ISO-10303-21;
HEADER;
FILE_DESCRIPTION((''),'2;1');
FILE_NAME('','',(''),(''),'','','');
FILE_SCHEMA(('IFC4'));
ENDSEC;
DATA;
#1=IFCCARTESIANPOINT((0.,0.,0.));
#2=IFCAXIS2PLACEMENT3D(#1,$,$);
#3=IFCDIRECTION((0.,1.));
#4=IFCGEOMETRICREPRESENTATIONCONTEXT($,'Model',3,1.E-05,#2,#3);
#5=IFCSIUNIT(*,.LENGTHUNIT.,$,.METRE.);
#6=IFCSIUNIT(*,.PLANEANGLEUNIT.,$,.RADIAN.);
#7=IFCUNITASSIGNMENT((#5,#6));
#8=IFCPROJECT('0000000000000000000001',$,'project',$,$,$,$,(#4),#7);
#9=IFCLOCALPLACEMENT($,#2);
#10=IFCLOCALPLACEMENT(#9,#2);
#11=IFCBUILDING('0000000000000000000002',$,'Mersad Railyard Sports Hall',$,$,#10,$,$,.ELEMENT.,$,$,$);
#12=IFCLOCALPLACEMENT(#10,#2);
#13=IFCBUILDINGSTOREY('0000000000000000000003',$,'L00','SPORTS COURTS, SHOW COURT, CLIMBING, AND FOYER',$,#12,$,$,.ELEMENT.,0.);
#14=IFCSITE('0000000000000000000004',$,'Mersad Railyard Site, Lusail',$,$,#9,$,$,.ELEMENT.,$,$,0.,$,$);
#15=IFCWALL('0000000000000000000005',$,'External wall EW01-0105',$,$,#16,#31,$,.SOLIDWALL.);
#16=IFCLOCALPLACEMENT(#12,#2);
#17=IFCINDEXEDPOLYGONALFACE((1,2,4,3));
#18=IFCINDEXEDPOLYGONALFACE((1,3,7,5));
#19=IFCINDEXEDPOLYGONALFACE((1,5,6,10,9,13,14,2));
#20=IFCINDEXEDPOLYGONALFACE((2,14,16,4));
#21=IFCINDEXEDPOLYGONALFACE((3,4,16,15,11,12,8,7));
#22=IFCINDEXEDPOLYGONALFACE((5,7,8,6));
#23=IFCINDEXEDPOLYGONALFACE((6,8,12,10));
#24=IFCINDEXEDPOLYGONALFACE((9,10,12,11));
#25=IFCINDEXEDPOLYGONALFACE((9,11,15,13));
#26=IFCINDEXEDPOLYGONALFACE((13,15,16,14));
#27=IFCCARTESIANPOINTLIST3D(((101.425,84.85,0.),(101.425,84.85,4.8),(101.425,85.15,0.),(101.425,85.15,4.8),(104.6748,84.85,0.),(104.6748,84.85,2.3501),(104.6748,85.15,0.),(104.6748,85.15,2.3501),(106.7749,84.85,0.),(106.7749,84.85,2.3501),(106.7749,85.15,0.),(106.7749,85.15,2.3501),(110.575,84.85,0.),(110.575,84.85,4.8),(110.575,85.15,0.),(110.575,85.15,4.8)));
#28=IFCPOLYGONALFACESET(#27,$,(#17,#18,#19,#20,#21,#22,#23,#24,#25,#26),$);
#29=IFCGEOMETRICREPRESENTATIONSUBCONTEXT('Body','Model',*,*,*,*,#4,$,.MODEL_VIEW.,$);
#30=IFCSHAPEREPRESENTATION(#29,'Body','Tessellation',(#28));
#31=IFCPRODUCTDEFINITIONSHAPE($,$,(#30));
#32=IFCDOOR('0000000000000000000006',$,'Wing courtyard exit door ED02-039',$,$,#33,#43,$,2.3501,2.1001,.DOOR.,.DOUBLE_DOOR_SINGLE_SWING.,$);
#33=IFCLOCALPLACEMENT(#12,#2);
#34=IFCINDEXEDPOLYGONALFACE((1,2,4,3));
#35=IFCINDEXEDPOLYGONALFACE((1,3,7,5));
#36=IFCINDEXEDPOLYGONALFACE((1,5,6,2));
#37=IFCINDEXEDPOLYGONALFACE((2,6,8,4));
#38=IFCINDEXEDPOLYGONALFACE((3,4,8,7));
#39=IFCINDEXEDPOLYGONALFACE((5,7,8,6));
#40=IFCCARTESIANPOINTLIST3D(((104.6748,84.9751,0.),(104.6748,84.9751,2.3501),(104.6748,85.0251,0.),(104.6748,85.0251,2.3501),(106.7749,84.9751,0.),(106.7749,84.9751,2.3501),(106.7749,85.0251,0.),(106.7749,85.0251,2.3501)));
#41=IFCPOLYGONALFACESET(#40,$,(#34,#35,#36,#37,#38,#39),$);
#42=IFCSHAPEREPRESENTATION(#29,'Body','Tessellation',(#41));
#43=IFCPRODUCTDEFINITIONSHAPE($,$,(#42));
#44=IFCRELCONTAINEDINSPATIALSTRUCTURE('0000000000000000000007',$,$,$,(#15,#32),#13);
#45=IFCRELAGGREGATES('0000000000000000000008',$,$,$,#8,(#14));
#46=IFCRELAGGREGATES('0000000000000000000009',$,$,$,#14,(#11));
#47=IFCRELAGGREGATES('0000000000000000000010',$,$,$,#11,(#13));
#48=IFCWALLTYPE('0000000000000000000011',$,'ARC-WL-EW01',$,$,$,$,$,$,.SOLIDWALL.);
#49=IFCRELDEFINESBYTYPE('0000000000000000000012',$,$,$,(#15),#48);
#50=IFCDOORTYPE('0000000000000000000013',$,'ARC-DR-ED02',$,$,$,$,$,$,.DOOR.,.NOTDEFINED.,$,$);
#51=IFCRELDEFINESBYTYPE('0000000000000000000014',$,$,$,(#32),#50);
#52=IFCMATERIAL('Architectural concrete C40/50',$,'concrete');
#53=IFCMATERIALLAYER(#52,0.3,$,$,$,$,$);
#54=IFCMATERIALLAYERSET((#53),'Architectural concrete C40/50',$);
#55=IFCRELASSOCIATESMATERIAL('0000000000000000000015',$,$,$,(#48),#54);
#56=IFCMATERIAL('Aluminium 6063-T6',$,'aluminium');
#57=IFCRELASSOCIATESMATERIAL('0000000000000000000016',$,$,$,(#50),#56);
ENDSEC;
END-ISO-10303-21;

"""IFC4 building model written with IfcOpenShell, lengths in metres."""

from ifc_helpers import new_model, si_unit, direction, frame, frame_2d, origin, place, context, subcontext, project, spatial, rectangle, extrude, material, layer, layer_set, type_object, element, fill, save


model = new_model("IFC4")

# Units and contexts
model_context = context("Model", 3, precision=1e-05, world=origin(), true_north=direction((0.0, 1.0)))
body_context = subcontext(model_context, "Body", "Model", "MODEL_VIEW")
ifc_project = project(units=[si_unit("LENGTHUNIT", "METRE"), si_unit("PLANEANGLEUNIT", "RADIAN")], contexts=[model_context])

# Site, building, storey
site_placement = place(None, origin())
site = spatial("IfcSite", under=ifc_project, at=site_placement, Name="Mersad Railyard Site, Lusail", CompositionType="ELEMENT", RefElevation=0.0)
building_placement = place(site_placement, origin())
building = spatial("IfcBuilding", under=site, at=building_placement, Name="Mersad Railyard Sports Hall", CompositionType="ELEMENT")
storey_placement = place(building_placement, origin())
storey = spatial("IfcBuildingStorey", under=building, at=storey_placement, Name="L00", Description="SPORTS COURTS, SHOW COURT, CLIMBING, AND FOYER", CompositionType="ELEMENT", Elevation=0.0)

# Shared definitions
ifc_material_1 = material(Name="Aluminium 6063-T6", Category="aluminium")

# Wall, opening, door
ifc_material_2 = material(Name="Architectural concrete C40/50", Category="concrete")
ifc_layer_1 = layer(ifc_material_2, 0.3)
ifc_layer_set_1 = layer_set([ifc_layer_1], Name="Architectural concrete C40/50")
wall_type = type_object("IfcWallType", Name="ARC-WL-EW01", PredefinedType="SOLIDWALL", material=ifc_layer_set_1)
wall_placement = place(storey_placement, frame((110.575, 85.0, 0.0), z_axis=(0.0, 0.0, 1.0), x_axis=(-1.0, 0.0, 0.0)))
wall = element("IfcWall", 1, at=wall_placement, inside=storey, type_object=wall_type, Name="External wall EW01-0105", PredefinedType="SOLIDWALL", context=body_context, shape_type="SweptSolid", body=[
    extrude(rectangle(XDim=9.1499, YDim=0.3, at=frame_2d((4.575, 0.0))), origin(), (0.0, 0.0, 1.0), 4.8),
])
opening_placement = place(wall_placement, frame((3.8, 0.0, 0.0)))
opening = element("IfcOpeningElement", 2, at=opening_placement, cuts=wall, PredefinedType="OPENING", context=body_context, shape_type="SweptSolid", body=[
    extrude(rectangle(XDim=2.1001, YDim=2.3501, at=frame_2d((1.05, 1.175))), frame((0.0, 0.1599, 0.0), z_axis=(0.0, -1.0, 0.0), x_axis=(1.0, 0.0, 0.0)), (0.0, 0.0, 1.0), 0.3201),
])
door_type = type_object("IfcDoorType", Name="ARC-DR-ED02", OperationType="NOTDEFINED", PredefinedType="DOOR", material=ifc_material_1)
door_placement = place(opening_placement, origin())
door = element("IfcDoor", 3, at=door_placement, inside=storey, type_object=door_type, Name="Wing courtyard exit door ED02-039", OperationType="DOUBLE_DOOR_SINGLE_SWING", OverallHeight=2.3501, OverallWidth=2.1001, PredefinedType="DOOR", context=body_context, shape_type="SweptSolid", body=[
    extrude(rectangle(XDim=2.1001, YDim=2.3501, at=frame_2d((1.05, 1.175))), frame((0.0, 0.0249, 0.0), z_axis=(0.0, -1.0, 0.0), x_axis=(1.0, 0.0, 0.0)), (0.0, 0.0, 1.0), 0.05),
])
fill(opening, door)

save(model, "model.ifc")
